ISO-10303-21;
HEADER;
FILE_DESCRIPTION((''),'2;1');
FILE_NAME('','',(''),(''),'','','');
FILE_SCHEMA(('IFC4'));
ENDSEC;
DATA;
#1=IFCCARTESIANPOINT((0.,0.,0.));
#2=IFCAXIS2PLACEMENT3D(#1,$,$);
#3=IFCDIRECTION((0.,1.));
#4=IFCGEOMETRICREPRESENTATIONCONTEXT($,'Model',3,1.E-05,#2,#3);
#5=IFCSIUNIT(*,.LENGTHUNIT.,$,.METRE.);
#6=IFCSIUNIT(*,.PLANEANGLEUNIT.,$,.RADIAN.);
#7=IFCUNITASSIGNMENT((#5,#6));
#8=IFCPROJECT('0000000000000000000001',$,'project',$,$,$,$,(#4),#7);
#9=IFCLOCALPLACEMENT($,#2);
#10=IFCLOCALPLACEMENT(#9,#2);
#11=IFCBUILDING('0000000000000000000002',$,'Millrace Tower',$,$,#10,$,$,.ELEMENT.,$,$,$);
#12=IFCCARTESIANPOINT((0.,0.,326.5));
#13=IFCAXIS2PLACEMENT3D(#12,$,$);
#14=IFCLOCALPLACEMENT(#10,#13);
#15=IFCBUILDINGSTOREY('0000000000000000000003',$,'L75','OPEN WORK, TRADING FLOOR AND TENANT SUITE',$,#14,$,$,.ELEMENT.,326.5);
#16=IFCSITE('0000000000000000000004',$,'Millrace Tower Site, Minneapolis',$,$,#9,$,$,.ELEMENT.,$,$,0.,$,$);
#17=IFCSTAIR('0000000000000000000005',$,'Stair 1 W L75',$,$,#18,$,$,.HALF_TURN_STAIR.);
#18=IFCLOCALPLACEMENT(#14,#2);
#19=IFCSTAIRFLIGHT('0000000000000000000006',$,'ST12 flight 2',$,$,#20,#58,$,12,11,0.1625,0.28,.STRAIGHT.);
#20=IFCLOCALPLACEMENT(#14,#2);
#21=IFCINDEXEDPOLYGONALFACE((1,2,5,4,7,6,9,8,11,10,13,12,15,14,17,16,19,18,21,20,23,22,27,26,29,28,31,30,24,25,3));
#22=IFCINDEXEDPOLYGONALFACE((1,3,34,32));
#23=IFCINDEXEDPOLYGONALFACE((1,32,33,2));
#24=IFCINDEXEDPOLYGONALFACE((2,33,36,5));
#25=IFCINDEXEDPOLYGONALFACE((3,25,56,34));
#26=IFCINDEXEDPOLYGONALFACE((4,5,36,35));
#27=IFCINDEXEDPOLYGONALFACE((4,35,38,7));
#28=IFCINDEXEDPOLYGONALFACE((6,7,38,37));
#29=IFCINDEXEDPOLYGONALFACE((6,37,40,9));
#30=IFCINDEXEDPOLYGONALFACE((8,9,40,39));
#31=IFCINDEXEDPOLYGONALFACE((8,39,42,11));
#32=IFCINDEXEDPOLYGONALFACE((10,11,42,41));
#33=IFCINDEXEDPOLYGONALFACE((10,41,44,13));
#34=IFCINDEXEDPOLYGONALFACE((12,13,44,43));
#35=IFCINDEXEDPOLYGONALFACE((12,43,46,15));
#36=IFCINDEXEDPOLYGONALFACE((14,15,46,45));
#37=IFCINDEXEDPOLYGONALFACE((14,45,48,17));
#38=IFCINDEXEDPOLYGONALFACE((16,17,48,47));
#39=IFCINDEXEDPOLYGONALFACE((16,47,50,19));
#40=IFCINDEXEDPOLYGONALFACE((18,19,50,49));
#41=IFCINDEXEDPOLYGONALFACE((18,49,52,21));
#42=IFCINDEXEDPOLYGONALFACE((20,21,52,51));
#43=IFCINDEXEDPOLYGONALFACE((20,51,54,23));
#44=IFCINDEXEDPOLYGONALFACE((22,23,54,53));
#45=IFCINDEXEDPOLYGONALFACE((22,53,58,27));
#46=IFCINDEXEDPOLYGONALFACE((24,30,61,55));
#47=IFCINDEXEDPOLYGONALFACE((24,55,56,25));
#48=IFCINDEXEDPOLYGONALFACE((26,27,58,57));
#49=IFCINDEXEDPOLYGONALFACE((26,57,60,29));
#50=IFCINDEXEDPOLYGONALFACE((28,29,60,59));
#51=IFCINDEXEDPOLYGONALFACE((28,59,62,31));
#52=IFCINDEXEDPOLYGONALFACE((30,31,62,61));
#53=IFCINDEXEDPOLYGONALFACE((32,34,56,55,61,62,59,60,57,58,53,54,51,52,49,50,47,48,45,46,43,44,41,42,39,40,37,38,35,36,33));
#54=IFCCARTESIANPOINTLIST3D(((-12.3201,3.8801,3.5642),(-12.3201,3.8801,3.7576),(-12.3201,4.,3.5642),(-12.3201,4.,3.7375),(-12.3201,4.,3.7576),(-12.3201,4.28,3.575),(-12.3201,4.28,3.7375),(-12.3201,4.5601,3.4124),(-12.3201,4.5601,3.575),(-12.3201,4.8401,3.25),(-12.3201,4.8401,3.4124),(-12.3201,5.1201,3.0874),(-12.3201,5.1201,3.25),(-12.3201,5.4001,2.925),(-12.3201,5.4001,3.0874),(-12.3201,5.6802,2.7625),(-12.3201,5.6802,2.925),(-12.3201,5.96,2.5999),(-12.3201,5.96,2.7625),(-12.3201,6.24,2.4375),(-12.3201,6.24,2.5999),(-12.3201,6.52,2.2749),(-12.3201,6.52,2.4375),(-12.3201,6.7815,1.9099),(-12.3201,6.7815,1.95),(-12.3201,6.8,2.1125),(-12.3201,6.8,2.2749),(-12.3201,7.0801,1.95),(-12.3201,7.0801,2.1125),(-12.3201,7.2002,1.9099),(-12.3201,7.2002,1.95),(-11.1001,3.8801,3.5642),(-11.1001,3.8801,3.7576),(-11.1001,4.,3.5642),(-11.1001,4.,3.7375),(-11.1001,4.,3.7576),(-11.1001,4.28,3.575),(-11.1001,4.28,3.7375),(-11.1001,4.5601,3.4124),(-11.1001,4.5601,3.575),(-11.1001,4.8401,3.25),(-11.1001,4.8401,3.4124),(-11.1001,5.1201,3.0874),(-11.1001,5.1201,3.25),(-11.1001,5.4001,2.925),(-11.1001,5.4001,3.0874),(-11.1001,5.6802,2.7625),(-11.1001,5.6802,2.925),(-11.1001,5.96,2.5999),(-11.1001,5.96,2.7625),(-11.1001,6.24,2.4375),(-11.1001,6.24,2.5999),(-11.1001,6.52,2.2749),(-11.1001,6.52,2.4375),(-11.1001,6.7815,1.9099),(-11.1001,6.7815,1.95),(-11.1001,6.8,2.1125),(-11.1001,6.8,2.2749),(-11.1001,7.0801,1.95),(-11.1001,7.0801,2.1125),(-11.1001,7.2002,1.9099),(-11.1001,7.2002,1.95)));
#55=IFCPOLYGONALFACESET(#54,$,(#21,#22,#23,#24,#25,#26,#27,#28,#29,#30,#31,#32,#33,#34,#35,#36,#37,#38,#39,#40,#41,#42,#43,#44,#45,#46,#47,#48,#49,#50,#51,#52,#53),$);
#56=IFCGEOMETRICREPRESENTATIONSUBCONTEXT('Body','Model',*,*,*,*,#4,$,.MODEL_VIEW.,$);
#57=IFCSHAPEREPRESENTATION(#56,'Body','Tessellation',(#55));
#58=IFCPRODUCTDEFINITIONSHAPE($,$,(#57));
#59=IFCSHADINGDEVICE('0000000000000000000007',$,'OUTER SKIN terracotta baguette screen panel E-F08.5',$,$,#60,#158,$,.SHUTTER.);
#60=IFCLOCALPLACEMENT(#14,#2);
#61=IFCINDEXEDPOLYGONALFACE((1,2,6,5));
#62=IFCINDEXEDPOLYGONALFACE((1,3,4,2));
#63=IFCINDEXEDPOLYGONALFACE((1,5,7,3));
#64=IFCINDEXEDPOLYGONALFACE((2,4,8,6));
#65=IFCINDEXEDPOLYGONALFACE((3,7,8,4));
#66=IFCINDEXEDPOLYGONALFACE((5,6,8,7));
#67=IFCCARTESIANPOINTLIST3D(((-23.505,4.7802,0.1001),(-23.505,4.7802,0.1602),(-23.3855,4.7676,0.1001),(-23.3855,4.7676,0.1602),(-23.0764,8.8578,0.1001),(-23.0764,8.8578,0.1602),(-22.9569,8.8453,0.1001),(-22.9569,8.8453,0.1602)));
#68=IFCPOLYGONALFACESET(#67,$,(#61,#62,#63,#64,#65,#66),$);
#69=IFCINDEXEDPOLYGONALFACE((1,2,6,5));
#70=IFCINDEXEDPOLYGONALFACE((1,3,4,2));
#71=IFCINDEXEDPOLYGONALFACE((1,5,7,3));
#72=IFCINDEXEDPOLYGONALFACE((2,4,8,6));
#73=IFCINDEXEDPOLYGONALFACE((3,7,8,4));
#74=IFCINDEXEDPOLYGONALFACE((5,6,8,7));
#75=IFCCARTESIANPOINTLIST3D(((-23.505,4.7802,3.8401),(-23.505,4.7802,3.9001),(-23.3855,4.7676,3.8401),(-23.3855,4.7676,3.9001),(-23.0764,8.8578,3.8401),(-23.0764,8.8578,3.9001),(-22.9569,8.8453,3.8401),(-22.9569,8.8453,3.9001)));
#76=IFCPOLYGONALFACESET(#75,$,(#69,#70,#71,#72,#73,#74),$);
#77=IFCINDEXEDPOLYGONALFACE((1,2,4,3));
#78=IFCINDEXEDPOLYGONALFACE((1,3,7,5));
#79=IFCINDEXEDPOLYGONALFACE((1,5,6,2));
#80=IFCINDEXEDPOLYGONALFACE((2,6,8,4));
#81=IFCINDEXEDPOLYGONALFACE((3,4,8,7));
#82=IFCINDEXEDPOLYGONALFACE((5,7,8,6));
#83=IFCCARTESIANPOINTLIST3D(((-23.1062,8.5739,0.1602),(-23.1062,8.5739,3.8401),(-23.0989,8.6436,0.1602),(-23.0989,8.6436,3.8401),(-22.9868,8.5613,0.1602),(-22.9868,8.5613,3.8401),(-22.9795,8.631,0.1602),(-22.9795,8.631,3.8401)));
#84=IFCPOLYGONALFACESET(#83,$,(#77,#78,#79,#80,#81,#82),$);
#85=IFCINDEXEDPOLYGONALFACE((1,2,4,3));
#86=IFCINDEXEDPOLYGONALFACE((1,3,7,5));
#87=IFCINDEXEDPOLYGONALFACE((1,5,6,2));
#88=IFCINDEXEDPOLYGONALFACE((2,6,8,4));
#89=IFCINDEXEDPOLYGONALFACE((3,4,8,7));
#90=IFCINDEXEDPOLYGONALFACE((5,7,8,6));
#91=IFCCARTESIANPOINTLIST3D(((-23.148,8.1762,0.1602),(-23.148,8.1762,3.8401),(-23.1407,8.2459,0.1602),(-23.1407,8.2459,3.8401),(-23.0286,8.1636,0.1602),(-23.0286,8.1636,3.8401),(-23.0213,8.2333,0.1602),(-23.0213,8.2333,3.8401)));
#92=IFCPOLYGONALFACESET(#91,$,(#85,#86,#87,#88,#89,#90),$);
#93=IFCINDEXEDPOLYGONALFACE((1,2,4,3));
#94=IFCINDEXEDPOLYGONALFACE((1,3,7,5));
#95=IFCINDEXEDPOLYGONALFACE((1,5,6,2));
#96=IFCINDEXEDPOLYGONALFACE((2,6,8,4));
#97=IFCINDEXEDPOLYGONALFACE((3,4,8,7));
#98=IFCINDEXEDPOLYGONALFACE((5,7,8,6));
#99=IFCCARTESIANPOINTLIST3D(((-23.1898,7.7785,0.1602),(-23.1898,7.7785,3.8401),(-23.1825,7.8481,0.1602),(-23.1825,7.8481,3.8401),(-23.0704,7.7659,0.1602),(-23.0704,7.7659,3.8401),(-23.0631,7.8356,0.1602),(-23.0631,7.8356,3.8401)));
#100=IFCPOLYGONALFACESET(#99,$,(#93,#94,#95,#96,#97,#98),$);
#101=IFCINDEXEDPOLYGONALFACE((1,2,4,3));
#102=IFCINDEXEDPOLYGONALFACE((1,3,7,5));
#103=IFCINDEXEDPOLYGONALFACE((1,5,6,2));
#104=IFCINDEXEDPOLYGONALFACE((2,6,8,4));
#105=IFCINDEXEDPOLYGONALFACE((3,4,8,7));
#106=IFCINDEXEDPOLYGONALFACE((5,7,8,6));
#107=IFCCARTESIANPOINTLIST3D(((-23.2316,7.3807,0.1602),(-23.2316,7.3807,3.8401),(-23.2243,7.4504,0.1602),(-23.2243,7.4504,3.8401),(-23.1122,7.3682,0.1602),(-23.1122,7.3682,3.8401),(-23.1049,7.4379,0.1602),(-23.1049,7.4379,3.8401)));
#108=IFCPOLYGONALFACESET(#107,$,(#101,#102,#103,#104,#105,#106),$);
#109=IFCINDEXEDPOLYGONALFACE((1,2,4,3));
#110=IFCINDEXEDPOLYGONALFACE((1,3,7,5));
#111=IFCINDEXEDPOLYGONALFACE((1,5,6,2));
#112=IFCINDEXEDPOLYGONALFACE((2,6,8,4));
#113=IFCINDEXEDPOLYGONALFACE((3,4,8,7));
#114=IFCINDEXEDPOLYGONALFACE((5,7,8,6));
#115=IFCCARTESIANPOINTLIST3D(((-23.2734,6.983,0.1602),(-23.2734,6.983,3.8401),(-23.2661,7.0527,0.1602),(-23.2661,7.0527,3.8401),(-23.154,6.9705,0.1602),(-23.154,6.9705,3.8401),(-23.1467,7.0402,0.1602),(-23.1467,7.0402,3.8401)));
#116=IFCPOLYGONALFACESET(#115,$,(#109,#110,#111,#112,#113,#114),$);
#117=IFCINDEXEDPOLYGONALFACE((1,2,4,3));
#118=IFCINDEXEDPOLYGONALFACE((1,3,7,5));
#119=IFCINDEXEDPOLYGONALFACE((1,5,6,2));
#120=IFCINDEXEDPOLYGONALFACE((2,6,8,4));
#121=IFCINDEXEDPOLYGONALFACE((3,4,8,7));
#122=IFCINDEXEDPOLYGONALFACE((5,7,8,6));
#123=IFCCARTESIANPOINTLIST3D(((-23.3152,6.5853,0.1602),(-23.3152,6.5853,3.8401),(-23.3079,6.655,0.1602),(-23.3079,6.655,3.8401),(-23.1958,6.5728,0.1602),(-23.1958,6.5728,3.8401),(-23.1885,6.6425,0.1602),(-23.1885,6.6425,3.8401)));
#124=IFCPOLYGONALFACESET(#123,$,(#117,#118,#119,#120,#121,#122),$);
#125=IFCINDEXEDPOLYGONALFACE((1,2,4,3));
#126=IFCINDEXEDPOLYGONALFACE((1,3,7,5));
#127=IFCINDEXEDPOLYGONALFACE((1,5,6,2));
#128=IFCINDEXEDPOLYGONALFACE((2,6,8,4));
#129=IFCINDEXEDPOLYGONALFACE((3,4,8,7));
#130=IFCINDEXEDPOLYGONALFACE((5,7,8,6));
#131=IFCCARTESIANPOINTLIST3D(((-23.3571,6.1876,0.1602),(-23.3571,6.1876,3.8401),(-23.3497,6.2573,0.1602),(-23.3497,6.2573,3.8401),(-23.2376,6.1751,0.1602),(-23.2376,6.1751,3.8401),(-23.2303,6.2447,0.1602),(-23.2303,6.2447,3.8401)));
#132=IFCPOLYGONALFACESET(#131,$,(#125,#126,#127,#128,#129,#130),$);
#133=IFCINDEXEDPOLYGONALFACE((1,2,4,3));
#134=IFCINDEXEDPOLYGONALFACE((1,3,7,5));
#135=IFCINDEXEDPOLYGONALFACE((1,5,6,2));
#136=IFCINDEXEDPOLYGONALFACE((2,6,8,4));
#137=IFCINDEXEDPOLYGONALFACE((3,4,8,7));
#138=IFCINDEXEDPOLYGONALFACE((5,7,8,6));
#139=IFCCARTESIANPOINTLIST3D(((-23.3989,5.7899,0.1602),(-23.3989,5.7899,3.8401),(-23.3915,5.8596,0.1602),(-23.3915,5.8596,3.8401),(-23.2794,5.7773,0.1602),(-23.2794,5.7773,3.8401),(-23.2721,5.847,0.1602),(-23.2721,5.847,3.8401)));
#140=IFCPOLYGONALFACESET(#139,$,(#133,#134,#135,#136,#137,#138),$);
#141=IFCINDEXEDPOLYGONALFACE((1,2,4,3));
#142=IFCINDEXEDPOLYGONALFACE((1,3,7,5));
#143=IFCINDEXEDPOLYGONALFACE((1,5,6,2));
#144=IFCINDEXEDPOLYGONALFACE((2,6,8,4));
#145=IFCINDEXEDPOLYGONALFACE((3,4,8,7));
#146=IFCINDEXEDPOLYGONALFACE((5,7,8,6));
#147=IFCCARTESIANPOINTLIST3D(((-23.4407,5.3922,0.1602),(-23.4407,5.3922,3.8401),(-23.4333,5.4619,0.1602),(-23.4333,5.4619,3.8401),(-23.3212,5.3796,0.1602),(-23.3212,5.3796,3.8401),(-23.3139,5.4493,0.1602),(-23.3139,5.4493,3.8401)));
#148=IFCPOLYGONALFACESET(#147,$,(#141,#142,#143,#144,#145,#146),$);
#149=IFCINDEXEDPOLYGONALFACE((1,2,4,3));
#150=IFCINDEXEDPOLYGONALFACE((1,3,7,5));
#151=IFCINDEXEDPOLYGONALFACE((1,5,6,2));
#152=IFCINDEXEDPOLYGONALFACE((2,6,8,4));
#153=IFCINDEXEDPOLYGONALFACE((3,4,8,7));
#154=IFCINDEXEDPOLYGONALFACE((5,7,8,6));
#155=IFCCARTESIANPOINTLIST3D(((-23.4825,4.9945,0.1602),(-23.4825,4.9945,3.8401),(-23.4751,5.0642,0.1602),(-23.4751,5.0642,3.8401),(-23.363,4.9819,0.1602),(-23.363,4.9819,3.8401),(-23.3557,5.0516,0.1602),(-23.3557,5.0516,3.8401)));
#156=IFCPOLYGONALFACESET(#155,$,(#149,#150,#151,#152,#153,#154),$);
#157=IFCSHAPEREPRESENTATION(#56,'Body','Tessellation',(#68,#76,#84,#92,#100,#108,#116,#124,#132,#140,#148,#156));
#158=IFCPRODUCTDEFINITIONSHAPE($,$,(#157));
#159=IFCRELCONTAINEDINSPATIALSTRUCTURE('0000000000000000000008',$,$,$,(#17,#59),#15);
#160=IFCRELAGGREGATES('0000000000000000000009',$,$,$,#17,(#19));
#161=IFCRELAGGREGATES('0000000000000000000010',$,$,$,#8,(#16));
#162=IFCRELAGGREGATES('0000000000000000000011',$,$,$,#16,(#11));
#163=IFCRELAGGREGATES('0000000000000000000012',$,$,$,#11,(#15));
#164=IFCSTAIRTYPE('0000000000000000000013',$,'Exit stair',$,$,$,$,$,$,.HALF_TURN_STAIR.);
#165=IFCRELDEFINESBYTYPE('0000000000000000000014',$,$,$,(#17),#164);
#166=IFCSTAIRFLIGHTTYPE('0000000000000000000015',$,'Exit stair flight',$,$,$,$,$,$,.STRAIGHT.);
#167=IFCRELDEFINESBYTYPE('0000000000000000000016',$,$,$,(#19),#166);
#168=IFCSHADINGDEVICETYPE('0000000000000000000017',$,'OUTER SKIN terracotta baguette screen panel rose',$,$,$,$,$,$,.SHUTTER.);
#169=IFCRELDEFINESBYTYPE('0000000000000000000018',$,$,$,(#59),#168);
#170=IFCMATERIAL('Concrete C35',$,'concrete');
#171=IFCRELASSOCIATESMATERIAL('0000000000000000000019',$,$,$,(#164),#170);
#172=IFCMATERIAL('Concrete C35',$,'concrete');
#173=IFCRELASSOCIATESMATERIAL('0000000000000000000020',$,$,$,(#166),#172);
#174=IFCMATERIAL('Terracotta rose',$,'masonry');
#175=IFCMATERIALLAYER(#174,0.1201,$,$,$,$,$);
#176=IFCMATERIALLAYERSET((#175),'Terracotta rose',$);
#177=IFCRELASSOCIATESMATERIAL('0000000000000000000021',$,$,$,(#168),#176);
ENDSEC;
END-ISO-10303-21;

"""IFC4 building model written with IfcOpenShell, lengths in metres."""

from ifc_helpers import new_model, entity, si_unit, direction, frame, frame_2d, origin, place, context, subcontext, project, spatial, polyline, rectangle, outline, extrude, source, transform, mapped, material, layer, layer_set, type_object, element, aggregate, save


model = new_model("IFC4")

# Units and contexts
model_context = context("Model", 3, precision=1e-05, world=origin(), true_north=direction((0.0, 1.0)))
body_context = subcontext(model_context, "Body", "Model", "MODEL_VIEW")
ifc_project = project(units=[si_unit("LENGTHUNIT", "METRE"), si_unit("PLANEANGLEUNIT", "RADIAN")], contexts=[model_context])

# Site, building, storey
site_placement = place(None, origin())
site = spatial("IfcSite", under=ifc_project, at=site_placement, Name="Millrace Tower Site, Minneapolis", CompositionType="ELEMENT", RefElevation=0.0)
building_placement = place(site_placement, origin())
building = spatial("IfcBuilding", under=site, at=building_placement, Name="Millrace Tower", CompositionType="ELEMENT")
storey_placement = place(building_placement, frame((0.0, 0.0, 326.5)))
storey = spatial("IfcBuildingStorey", under=building, at=storey_placement, Name="L75", Description="OPEN WORK, TRADING FLOOR AND TENANT SUITE", CompositionType="ELEMENT", Elevation=326.5)

# Shared definitions
placement = place(storey_placement, origin())

# Stair, stair flight
ifc_material_1 = material(Name="Concrete C35", Category="concrete")
stair_type = type_object("IfcStairType", Name="Exit stair", PredefinedType="HALF_TURN_STAIR", material=ifc_material_1)
stair = element("IfcStair", 1, at=placement, inside=storey, type_object=stair_type, Name="Stair 1 W L75", PredefinedType="HALF_TURN_STAIR")
ifc_material_2 = material(Name="Concrete C35", Category="concrete")
stair_flight_type = type_object("IfcStairFlightType", Name="Exit stair flight", PredefinedType="STRAIGHT", material=ifc_material_2)
stair_flight_1_placement = place(storey_placement, frame((-11.71, 7.0801, 1.95), z_axis=(0.0, 0.0, 1.0), x_axis=(0.0, -1.0, 0.0)))
stair_flight_1 = element("IfcStairFlight", 2, at=stair_flight_1_placement, type_object=stair_flight_type, Name="ST12 flight 2", NumberOfRisers=12, NumberOfTreads=11, PredefinedType="STRAIGHT", RiserHeight=0.1625, TreadLength=0.28, context=body_context, shape_type="SweptSolid", body=[
    extrude(outline(polyline([(-0.1201, -0.04), (-0.1201, 0.0), (0.0, 0.0), (0.0, 0.1626), (0.28, 0.1626), (0.28, 0.325), (0.5601, 0.325), (0.5601, 0.4875), (0.8401, 0.4875), (0.8401, 0.6499), (1.1201, 0.6499), (1.1201, 0.8125), (1.3999, 0.8125), (1.3999, 0.9751), (1.6799, 0.9751), (1.6799, 1.1375), (1.96, 1.1375), (1.96, 1.3), (2.24, 1.3), (2.24, 1.4624), (2.52, 1.4624), (2.52, 1.625), (2.8, 1.625), (2.8, 1.7876), (3.0801, 1.7876), (3.0801, 1.8076), (3.2, 1.8076), (3.2, 1.6143), (3.0801, 1.6143), (0.2986, 0.0), (0.2986, -0.04), (-0.1201, -0.04)])), frame((0.0, 0.6099, 0.0), z_axis=(0.0, -1.0, 0.0), x_axis=(1.0, 0.0, 0.0)), (0.0, 0.0, 1.0), 1.22),
])
aggregate(stair, [stair_flight_1])

# Shading device
ifc_material_3 = material(Name="Terracotta rose", Category="masonry")
ifc_layer_1 = layer(ifc_material_3, 0.1201)
ifc_layer_set_1 = layer_set([ifc_layer_1], Name="Terracotta rose")
shading_device_type = type_object("IfcShadingDeviceType", Name="OUTER SKIN terracotta baguette screen panel rose", PredefinedType="SHUTTER", material=ifc_layer_set_1)
cartesian_point = entity("IfcCartesianPoint", [-2.05, 0.0601])
shared_polyline = entity("IfcPolyline", [cartesian_point, entity("IfcCartesianPoint", [2.05, 0.0601]), entity("IfcCartesianPoint", [2.05, -0.0601]), entity("IfcCartesianPoint", [-2.05, -0.0601]), cartesian_point])
shared_shape = source(origin(), body_context, "Body", "SweptSolid", [
    entity("IfcExtrudedAreaSolid", entity("IfcArbitraryClosedProfileDef", "AREA", None, shared_polyline), entity("IfcAxis2Placement3D", entity("IfcCartesianPoint", [0.0, 0.0, 0.0])), entity("IfcDirection", [0.0, 0.0, 1.0]), 0.0601),
    entity("IfcExtrudedAreaSolid", entity("IfcArbitraryClosedProfileDef", "AREA", None, shared_polyline), entity("IfcAxis2Placement3D", entity("IfcCartesianPoint", [0.0, 0.0, 3.74])), entity("IfcDirection", [0.0, 0.0, 1.0]), 0.0601),
    extrude(rectangle(XDim=0.0701, YDim=0.1201, at=frame_2d((-1.7996, 0.0))), frame((0.0, 0.0, 0.0601)), (0.0, 0.0, 1.0), 3.6799),
    extrude(rectangle(XDim=0.0701, YDim=0.1201, at=frame_2d((-1.3997, 0.0))), frame((0.0, 0.0, 0.0601)), (0.0, 0.0, 1.0), 3.6799),
    extrude(rectangle(XDim=0.0701, YDim=0.1201, at=frame_2d((-0.9998, 0.0))), frame((0.0, 0.0, 0.0601)), (0.0, 0.0, 1.0), 3.6799),
    extrude(rectangle(XDim=0.0701, YDim=0.1201, at=frame_2d((-0.5999, 0.0))), frame((0.0, 0.0, 0.0601)), (0.0, 0.0, 1.0), 3.6799),
    extrude(rectangle(XDim=0.0701, YDim=0.1201, at=frame_2d((-0.2, 0.0))), frame((0.0, 0.0, 0.0601)), (0.0, 0.0, 1.0), 3.6799),
    extrude(rectangle(XDim=0.0701, YDim=0.1201, at=frame_2d((0.2, 0.0))), frame((0.0, 0.0, 0.0601)), (0.0, 0.0, 1.0), 3.6799),
    extrude(rectangle(XDim=0.0701, YDim=0.1201, at=frame_2d((0.5999, 0.0))), frame((0.0, 0.0, 0.0601)), (0.0, 0.0, 1.0), 3.6799),
    extrude(rectangle(XDim=0.0701, YDim=0.1201, at=frame_2d((0.9998, 0.0))), frame((0.0, 0.0, 0.0601)), (0.0, 0.0, 1.0), 3.6799),
    extrude(rectangle(XDim=0.0701, YDim=0.1201, at=frame_2d((1.3997, 0.0))), frame((0.0, 0.0, 0.0601)), (0.0, 0.0, 1.0), 3.6799),
    extrude(rectangle(XDim=0.0701, YDim=0.1201, at=frame_2d((1.7996, 0.0))), frame((0.0, 0.0, 0.0601)), (0.0, 0.0, 1.0), 3.6799),
])
for number, where, z_axis, x_axis, name in (
    (3, (-23.231, 6.8127, 0.1001), (0.0, 0.0, 1.0), (-0.104528, -0.994522, 0.0), "OUTER SKIN terracotta baguette screen panel E-F08.5"),
):
    element("IfcShadingDevice", number, at=place(storey_placement, frame(where, z_axis=z_axis, x_axis=x_axis)), inside=storey, type_object=shading_device_type, Name=name, PredefinedType="SHUTTER", context=body_context, shape_type="MappedRepresentation", body=[
        mapped(shared_shape, transform((0.0, 0.0, 0.0), scale=1.0)),
    ])

save(model, "model.ifc")
